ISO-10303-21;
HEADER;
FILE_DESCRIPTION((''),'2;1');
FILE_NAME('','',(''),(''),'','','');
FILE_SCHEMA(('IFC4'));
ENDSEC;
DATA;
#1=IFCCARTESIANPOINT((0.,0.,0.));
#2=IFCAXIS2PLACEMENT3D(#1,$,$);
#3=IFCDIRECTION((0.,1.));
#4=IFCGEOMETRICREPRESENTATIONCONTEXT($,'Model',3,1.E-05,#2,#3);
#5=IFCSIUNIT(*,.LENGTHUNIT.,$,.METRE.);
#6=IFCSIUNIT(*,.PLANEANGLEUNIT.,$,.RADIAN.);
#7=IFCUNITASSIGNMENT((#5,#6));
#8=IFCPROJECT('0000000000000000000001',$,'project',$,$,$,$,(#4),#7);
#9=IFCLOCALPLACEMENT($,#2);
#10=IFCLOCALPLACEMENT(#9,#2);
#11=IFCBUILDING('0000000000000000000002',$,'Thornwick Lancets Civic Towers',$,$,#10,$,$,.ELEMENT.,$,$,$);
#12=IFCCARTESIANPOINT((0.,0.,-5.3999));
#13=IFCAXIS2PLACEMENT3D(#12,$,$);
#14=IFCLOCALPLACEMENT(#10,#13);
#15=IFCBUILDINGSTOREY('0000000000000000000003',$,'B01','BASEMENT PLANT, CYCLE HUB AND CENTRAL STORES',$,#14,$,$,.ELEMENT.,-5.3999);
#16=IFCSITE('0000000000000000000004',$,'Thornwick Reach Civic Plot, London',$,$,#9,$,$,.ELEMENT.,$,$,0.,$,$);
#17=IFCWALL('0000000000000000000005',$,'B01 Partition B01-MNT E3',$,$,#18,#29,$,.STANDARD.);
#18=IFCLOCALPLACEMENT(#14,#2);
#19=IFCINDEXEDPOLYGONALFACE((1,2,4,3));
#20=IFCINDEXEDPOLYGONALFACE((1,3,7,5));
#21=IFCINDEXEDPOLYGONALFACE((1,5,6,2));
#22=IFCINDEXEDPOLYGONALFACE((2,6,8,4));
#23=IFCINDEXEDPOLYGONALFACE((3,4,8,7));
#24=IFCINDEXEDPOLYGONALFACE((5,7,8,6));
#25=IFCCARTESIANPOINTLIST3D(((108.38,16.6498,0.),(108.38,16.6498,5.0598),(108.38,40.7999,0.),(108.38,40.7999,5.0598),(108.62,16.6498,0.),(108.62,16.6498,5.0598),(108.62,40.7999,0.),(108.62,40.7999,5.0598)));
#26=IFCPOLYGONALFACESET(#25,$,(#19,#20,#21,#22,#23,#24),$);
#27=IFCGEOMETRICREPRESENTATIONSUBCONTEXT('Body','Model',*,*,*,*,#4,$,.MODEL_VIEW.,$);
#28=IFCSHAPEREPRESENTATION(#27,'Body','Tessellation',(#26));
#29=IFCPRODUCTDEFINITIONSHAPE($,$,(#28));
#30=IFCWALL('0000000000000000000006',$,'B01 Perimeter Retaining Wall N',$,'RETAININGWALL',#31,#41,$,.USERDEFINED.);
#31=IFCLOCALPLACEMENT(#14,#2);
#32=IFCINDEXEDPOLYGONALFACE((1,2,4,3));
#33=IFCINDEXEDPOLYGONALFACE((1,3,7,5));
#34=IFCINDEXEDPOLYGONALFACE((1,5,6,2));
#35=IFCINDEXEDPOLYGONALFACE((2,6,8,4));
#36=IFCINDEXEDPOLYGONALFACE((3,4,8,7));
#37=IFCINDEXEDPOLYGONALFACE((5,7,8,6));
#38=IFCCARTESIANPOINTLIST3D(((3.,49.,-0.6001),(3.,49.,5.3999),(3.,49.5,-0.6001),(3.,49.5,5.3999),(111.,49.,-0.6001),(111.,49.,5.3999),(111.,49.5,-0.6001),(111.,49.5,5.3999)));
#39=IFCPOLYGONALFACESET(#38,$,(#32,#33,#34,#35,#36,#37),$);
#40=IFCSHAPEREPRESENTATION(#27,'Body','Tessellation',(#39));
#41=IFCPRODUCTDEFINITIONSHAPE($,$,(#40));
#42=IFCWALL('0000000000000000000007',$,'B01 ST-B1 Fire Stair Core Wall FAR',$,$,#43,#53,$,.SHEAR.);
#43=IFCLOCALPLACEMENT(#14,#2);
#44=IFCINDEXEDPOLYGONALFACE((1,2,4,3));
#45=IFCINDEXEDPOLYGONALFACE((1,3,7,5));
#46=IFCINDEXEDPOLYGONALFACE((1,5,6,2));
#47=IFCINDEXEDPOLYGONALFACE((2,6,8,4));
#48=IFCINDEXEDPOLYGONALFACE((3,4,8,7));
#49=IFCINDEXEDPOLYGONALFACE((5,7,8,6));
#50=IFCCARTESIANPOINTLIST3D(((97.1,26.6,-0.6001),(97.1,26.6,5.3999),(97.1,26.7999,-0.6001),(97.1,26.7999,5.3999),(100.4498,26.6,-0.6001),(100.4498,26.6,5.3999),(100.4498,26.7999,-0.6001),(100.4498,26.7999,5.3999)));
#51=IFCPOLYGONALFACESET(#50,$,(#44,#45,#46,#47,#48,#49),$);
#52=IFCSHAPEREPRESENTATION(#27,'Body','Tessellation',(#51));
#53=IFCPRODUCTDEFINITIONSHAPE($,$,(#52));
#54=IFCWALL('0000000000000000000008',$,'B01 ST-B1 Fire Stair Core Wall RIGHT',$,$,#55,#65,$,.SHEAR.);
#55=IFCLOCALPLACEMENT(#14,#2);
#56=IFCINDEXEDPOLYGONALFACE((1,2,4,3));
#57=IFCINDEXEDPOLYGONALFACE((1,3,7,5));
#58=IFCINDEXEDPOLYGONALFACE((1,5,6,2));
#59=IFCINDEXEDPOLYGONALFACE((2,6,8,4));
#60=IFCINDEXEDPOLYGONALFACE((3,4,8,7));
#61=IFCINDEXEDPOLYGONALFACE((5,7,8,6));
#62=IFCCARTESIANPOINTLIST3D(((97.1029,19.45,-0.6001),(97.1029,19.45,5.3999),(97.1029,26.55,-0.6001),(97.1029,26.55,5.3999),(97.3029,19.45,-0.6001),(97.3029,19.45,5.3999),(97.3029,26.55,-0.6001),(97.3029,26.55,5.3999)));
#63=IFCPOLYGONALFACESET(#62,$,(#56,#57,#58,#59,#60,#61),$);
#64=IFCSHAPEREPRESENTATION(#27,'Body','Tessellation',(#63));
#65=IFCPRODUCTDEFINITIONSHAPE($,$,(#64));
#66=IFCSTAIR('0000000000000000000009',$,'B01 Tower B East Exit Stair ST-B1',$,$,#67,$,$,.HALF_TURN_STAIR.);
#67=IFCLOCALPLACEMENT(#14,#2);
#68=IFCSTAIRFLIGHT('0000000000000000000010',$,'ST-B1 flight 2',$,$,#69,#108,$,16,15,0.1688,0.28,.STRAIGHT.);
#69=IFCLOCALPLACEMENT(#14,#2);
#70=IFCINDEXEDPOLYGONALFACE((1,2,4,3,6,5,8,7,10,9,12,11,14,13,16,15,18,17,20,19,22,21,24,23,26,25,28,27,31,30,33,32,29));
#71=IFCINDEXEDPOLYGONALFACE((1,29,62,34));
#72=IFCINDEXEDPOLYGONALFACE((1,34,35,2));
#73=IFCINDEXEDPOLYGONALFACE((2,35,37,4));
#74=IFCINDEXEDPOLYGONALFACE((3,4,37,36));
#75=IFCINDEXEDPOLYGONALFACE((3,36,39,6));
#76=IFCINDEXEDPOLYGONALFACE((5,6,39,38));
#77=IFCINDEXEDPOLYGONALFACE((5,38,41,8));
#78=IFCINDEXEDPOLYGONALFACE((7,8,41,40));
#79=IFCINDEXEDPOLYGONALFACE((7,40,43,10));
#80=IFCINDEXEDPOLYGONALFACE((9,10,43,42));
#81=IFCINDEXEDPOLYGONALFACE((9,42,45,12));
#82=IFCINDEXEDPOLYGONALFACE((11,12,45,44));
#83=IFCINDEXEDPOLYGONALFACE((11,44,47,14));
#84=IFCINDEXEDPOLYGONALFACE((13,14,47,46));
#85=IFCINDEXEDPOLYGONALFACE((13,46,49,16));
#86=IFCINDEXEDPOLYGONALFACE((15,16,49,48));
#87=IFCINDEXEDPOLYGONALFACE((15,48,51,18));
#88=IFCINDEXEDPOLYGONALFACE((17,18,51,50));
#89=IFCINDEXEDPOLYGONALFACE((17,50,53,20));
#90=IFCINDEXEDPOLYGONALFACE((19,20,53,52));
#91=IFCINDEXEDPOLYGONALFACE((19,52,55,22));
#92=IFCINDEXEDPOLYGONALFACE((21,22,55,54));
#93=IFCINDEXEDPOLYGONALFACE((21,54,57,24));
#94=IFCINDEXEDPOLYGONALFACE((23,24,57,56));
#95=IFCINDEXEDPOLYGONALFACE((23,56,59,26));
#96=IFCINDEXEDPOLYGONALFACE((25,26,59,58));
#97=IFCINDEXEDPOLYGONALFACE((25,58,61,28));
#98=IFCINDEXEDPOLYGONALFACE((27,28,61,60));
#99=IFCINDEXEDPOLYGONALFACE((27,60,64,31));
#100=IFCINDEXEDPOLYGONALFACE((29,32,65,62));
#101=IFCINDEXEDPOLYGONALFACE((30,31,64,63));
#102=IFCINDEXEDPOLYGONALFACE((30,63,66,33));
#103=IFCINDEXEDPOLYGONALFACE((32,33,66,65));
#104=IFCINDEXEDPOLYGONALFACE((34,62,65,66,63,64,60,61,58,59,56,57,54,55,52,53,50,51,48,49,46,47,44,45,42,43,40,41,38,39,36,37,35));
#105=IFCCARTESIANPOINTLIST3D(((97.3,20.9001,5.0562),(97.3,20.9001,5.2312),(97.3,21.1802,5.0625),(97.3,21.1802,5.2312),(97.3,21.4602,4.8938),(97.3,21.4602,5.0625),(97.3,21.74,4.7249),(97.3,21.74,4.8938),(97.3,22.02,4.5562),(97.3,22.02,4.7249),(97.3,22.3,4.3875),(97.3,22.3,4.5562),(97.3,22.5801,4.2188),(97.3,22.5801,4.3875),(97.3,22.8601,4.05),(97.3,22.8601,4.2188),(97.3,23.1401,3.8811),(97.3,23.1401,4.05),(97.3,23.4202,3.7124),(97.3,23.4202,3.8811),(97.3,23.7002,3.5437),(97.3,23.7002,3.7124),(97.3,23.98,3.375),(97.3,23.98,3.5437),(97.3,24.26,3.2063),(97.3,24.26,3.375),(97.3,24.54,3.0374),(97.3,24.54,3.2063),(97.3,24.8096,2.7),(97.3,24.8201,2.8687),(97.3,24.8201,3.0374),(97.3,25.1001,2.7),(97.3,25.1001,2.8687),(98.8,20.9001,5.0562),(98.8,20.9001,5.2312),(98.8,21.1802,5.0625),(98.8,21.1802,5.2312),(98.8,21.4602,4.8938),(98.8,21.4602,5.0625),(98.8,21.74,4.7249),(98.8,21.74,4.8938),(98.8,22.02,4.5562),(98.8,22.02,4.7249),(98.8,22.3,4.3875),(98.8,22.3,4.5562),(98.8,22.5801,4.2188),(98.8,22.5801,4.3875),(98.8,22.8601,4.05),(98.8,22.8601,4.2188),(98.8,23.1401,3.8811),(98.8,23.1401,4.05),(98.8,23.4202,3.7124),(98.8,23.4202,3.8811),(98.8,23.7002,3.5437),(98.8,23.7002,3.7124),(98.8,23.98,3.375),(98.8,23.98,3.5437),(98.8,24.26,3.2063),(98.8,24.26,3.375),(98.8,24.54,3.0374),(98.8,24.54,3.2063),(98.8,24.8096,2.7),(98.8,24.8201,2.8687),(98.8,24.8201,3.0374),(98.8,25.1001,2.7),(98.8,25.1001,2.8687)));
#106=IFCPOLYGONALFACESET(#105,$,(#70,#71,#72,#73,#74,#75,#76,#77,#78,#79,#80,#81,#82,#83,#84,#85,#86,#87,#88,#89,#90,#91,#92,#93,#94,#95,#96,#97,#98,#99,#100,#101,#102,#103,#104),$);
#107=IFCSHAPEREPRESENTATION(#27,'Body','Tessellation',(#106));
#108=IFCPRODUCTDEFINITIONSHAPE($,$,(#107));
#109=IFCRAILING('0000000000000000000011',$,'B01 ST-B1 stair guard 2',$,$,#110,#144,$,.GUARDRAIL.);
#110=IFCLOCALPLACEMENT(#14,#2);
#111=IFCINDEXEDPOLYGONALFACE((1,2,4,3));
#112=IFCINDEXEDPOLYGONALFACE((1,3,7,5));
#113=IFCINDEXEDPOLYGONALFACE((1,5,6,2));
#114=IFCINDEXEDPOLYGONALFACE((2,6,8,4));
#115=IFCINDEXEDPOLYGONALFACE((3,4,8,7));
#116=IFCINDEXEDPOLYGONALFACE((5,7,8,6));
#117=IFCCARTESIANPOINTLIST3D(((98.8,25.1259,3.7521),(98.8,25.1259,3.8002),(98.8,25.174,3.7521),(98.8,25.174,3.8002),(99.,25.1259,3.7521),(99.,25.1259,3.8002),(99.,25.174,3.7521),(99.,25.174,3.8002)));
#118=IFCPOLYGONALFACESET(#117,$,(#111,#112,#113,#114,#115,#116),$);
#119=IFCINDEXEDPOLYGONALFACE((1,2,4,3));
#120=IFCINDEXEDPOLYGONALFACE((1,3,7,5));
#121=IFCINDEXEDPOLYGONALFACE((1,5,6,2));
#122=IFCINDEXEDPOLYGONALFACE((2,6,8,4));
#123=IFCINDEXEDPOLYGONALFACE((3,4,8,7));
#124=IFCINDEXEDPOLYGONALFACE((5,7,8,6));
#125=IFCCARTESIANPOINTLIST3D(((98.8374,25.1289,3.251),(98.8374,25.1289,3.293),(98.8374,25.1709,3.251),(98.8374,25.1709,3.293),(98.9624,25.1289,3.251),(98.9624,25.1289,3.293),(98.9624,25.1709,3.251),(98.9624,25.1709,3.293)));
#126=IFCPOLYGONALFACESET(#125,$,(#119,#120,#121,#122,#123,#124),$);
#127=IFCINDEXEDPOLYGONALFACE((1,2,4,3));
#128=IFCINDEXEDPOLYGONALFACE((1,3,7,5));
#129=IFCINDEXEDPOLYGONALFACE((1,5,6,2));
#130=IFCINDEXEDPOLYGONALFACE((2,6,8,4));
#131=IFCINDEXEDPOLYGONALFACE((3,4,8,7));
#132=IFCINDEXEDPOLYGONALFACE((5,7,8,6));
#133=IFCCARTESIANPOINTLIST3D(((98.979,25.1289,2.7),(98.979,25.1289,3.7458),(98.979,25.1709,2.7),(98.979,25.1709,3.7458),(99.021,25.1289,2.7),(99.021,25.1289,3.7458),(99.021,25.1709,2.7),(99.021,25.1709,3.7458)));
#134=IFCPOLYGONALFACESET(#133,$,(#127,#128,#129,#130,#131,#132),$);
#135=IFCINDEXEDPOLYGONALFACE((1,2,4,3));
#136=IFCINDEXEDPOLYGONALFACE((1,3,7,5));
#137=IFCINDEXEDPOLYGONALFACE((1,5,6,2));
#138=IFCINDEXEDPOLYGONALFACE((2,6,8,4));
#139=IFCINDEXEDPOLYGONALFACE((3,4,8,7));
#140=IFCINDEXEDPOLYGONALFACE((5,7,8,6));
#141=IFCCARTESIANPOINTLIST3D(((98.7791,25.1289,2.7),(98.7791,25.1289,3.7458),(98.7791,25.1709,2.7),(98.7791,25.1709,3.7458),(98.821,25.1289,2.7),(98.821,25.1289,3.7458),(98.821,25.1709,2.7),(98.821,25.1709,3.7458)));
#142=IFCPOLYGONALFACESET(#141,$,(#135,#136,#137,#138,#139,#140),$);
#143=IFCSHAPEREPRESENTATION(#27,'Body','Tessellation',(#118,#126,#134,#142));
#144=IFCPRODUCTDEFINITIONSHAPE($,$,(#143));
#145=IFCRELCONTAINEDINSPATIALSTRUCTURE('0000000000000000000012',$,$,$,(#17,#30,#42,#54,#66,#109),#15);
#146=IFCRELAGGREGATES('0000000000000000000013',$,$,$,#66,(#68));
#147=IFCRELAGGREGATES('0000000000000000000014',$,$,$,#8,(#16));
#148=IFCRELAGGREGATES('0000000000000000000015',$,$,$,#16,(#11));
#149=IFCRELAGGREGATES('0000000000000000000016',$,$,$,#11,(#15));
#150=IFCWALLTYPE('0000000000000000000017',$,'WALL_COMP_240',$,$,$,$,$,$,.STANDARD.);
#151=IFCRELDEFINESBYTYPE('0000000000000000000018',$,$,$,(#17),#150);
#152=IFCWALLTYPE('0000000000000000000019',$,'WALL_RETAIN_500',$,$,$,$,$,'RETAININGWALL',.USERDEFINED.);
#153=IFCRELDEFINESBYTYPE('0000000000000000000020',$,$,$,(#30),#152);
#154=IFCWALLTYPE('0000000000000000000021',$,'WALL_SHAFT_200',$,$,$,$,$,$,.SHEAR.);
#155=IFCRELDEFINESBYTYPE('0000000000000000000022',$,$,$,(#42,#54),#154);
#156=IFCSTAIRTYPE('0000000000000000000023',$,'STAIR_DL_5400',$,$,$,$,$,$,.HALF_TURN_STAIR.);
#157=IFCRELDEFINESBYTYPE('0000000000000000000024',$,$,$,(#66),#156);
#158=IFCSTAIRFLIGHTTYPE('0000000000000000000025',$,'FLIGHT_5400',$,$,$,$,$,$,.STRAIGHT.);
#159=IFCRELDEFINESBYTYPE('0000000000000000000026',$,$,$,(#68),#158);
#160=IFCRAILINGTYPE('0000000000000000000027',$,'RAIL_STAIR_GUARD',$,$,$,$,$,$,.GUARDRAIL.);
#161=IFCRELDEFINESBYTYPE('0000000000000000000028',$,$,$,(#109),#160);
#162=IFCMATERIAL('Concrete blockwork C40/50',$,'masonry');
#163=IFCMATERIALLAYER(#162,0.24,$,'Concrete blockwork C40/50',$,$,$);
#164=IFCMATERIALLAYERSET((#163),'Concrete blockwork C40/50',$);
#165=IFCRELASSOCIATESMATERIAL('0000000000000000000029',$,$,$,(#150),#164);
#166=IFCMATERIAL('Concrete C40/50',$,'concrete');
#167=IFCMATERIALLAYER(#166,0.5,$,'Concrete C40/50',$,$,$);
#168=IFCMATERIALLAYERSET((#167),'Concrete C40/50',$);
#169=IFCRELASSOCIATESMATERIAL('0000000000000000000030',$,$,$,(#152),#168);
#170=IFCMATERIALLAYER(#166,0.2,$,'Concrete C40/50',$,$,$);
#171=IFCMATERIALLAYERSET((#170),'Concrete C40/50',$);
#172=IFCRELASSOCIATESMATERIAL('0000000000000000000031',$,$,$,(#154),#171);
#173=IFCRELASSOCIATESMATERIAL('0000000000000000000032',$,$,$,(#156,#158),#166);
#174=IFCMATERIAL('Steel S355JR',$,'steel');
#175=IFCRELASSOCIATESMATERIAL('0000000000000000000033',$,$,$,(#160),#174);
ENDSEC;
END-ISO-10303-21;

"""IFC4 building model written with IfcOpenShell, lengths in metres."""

from ifc_helpers import new_model, si_unit, direction, frame, frame_2d, origin, origin_2d, place, context, subcontext, project, spatial, polyline, rectangle, outline, extrude, material, layer, layer_set, type_object, element, aggregate, save


model = new_model("IFC4")

# Units and contexts
model_context = context("Model", 3, precision=1e-05, world=origin(), true_north=direction((0.0, 1.0)))
body_context = subcontext(model_context, "Body", "Model", "MODEL_VIEW")
ifc_project = project(units=[si_unit("LENGTHUNIT", "METRE"), si_unit("PLANEANGLEUNIT", "RADIAN")], contexts=[model_context])

# Site, building, storey
site_placement = place(None, origin())
site = spatial("IfcSite", under=ifc_project, at=site_placement, Name="Thornwick Reach Civic Plot, London", CompositionType="ELEMENT", RefElevation=0.0)
building_placement = place(site_placement, origin())
building = spatial("IfcBuilding", under=site, at=building_placement, Name="Thornwick Lancets Civic Towers", CompositionType="ELEMENT")
storey_placement = place(building_placement, frame((0.0, 0.0, -5.3999)))
storey = spatial("IfcBuildingStorey", under=building, at=storey_placement, Name="B01", Description="BASEMENT PLANT, CYCLE HUB AND CENTRAL STORES", CompositionType="ELEMENT", Elevation=-5.3999)

# Shared definitions
ifc_material_1 = material(Name="Concrete C40/50", Category="concrete")

# Shared definitions
ifc_material_2 = material(Name="Steel S355JR", Category="steel")

# Shared definitions
ifc_material_3 = material(Name="Concrete blockwork C40/50", Category="masonry")
ifc_layer_1 = layer(ifc_material_3, 0.24, Name="Concrete blockwork C40/50")
ifc_layer_set_1 = layer_set([ifc_layer_1], Name="Concrete blockwork C40/50")
wall_type_1 = type_object("IfcWallType", Name="WALL_COMP_240", PredefinedType="STANDARD", material=ifc_layer_set_1)

# Walls
wall_1_placement = place(storey_placement, frame((108.5, 40.8, 0.0), z_axis=(0.0, 0.0, 1.0), x_axis=(0.0, -1.0, 0.0)))
element("IfcWall", 1, at=wall_1_placement, inside=storey, type_object=wall_type_1, Name="B01 Partition B01-MNT E3", PredefinedType="STANDARD", context=body_context, shape_type="SweptSolid", body=[
    extrude(rectangle(XDim=24.1501, YDim=0.24, at=frame_2d((12.0752, 0.0))), origin(), (0.0, 0.0, 1.0), 5.0598),
])
ifc_layer_2 = layer(ifc_material_1, 0.5, Name="Concrete C40/50")
ifc_layer_set_2 = layer_set([ifc_layer_2], Name="Concrete C40/50")
wall_type_2 = type_object("IfcWallType", Name="WALL_RETAIN_500", ElementType="RETAININGWALL", PredefinedType="USERDEFINED", material=ifc_layer_set_2)
wall_2_placement = place(storey_placement, frame((111.0, 49.25, -0.6001), z_axis=(0.0, 0.0, 1.0), x_axis=(-1.0, 0.0, 0.0)))
element("IfcWall", 2, at=wall_2_placement, inside=storey, type_object=wall_type_2, Name="B01 Perimeter Retaining Wall N", ObjectType="RETAININGWALL", PredefinedType="USERDEFINED", context=body_context, shape_type="SweptSolid", body=[
    extrude(rectangle(XDim=108.0, YDim=0.5, at=frame_2d((54.0, 0.0))), origin(), (0.0, 0.0, 1.0), 6.0),
])
ifc_layer_3 = layer(ifc_material_1, 0.2, Name="Concrete C40/50")
ifc_layer_set_3 = layer_set([ifc_layer_3], Name="Concrete C40/50")
wall_type_3 = type_object("IfcWallType", Name="WALL_SHAFT_200", PredefinedType="SHEAR", material=ifc_layer_set_3)
wall_3_placement = place(storey_placement, frame((97.1001, 26.7, -0.6001), z_axis=(0.0, 0.0, 1.0), x_axis=(1.0, 0.0, 0.0)))
element("IfcWall", 3, at=wall_3_placement, inside=storey, type_object=wall_type_3, Name="B01 ST-B1 Fire Stair Core Wall FAR", PredefinedType="SHEAR", context=body_context, shape_type="SweptSolid", body=[
    extrude(rectangle(XDim=3.3499, YDim=0.2, at=frame_2d((1.6748, 0.0))), origin(), (0.0, 0.0, 1.0), 6.0),
])
wall_4_placement = place(storey_placement, frame((97.2029, 26.55, -0.6001), z_axis=(0.0, 0.0, 1.0), x_axis=(0.0, -1.0, 0.0)))
element("IfcWall", 4, at=wall_4_placement, inside=storey, type_object=wall_type_3, Name="B01 ST-B1 Fire Stair Core Wall RIGHT", PredefinedType="SHEAR", context=body_context, shape_type="SweptSolid", body=[
    extrude(rectangle(XDim=7.1001, YDim=0.2, at=frame_2d((3.55, 0.0))), origin(), (0.0, 0.0, 1.0), 6.0),
])

# Stair, stair flight
stair_type = type_object("IfcStairType", Name="STAIR_DL_5400", PredefinedType="HALF_TURN_STAIR", material=ifc_material_1)
stair_placement = place(storey_placement, origin())
stair = element("IfcStair", 5, at=stair_placement, inside=storey, type_object=stair_type, Name="B01 Tower B East Exit Stair ST-B1", PredefinedType="HALF_TURN_STAIR")
stair_flight_type = type_object("IfcStairFlightType", Name="FLIGHT_5400", PredefinedType="STRAIGHT", material=ifc_material_1)
stair_flight_placement = place(storey_placement, frame((98.05, 25.1001, 2.7), z_axis=(0.0, 0.0, 1.0), x_axis=(0.0, -1.0, 0.0)))
stair_flight = element("IfcStairFlight", 6, at=stair_flight_placement, type_object=stair_flight_type, Name="ST-B1 flight 2", NumberOfRisers=16, NumberOfTreads=15, PredefinedType="STRAIGHT", RiserHeight=0.1688, TreadLength=0.28, context=body_context, shape_type="SweptSolid", body=[
    extrude(outline(polyline([(0.0, 0.0), (0.0, 0.1687), (0.28, 0.1687), (0.28, 0.3374), (0.5601, 0.3374), (0.5601, 0.5063), (0.8401, 0.5063), (0.8401, 0.675), (1.1201, 0.675), (1.1201, 0.8438), (1.3999, 0.8438), (1.3999, 1.0125), (1.6799, 1.0125), (1.6799, 1.1812), (1.96, 1.1812), (1.96, 1.3501), (2.24, 1.3501), (2.24, 1.5188), (2.52, 1.5188), (2.52, 1.6875), (2.8, 1.6875), (2.8, 1.8562), (3.0801, 1.8562), (3.0801, 2.0249), (3.3601, 2.0249), (3.3601, 2.1938), (3.6399, 2.1938), (3.6399, 2.3625), (3.9199, 2.3625), (3.9199, 2.5312), (4.2, 2.5312), (4.2, 2.7), (4.2, 2.3562), (0.2905, 0.0), (0.0, 0.0)])), frame((0.0, 0.75, 0.0), z_axis=(0.0, -1.0, 0.0), x_axis=(1.0, 0.0, 0.0)), (0.0, 0.0, 1.0), 1.5),
])
aggregate(stair, [stair_flight])

# Railing
railing_type = type_object("IfcRailingType", Name="RAIL_STAIR_GUARD", PredefinedType="GUARDRAIL", material=ifc_material_2)
railing_1_placement = place(storey_placement, frame((99.0, 25.1499, 2.7)))
element("IfcRailing", 7, at=railing_1_placement, inside=storey, type_object=railing_type, Name="B01 ST-B1 stair guard 2", PredefinedType="GUARDRAIL", context=body_context, shape_type="SweptSolid", body=[
    extrude(rectangle(XDim=0.0481, YDim=0.0481, at=origin_2d()), frame((0.0, 0.0, 1.0762), z_axis=(-1.0, 0.0, 0.0), x_axis=(0.0, -1.0, 0.0)), (0.0, 0.0, 1.0), 0.2),
    extrude(rectangle(XDim=0.042, YDim=0.042, at=origin_2d()), frame((-0.0376, 0.0, 0.572), z_axis=(-1.0, 0.0, 0.0), x_axis=(0.0, -1.0, 0.0)), (0.0, 0.0, 1.0), 0.125),
    extrude(rectangle(XDim=0.042, YDim=0.042, at=origin_2d()), origin(), (0.0, 0.0, 1.0), 1.0459),
    extrude(rectangle(XDim=0.042, YDim=0.042, at=origin_2d()), frame((-0.2, 0.0, 0.0)), (0.0, 0.0, 1.0), 1.0459),
])

save(model, "model.ifc")
